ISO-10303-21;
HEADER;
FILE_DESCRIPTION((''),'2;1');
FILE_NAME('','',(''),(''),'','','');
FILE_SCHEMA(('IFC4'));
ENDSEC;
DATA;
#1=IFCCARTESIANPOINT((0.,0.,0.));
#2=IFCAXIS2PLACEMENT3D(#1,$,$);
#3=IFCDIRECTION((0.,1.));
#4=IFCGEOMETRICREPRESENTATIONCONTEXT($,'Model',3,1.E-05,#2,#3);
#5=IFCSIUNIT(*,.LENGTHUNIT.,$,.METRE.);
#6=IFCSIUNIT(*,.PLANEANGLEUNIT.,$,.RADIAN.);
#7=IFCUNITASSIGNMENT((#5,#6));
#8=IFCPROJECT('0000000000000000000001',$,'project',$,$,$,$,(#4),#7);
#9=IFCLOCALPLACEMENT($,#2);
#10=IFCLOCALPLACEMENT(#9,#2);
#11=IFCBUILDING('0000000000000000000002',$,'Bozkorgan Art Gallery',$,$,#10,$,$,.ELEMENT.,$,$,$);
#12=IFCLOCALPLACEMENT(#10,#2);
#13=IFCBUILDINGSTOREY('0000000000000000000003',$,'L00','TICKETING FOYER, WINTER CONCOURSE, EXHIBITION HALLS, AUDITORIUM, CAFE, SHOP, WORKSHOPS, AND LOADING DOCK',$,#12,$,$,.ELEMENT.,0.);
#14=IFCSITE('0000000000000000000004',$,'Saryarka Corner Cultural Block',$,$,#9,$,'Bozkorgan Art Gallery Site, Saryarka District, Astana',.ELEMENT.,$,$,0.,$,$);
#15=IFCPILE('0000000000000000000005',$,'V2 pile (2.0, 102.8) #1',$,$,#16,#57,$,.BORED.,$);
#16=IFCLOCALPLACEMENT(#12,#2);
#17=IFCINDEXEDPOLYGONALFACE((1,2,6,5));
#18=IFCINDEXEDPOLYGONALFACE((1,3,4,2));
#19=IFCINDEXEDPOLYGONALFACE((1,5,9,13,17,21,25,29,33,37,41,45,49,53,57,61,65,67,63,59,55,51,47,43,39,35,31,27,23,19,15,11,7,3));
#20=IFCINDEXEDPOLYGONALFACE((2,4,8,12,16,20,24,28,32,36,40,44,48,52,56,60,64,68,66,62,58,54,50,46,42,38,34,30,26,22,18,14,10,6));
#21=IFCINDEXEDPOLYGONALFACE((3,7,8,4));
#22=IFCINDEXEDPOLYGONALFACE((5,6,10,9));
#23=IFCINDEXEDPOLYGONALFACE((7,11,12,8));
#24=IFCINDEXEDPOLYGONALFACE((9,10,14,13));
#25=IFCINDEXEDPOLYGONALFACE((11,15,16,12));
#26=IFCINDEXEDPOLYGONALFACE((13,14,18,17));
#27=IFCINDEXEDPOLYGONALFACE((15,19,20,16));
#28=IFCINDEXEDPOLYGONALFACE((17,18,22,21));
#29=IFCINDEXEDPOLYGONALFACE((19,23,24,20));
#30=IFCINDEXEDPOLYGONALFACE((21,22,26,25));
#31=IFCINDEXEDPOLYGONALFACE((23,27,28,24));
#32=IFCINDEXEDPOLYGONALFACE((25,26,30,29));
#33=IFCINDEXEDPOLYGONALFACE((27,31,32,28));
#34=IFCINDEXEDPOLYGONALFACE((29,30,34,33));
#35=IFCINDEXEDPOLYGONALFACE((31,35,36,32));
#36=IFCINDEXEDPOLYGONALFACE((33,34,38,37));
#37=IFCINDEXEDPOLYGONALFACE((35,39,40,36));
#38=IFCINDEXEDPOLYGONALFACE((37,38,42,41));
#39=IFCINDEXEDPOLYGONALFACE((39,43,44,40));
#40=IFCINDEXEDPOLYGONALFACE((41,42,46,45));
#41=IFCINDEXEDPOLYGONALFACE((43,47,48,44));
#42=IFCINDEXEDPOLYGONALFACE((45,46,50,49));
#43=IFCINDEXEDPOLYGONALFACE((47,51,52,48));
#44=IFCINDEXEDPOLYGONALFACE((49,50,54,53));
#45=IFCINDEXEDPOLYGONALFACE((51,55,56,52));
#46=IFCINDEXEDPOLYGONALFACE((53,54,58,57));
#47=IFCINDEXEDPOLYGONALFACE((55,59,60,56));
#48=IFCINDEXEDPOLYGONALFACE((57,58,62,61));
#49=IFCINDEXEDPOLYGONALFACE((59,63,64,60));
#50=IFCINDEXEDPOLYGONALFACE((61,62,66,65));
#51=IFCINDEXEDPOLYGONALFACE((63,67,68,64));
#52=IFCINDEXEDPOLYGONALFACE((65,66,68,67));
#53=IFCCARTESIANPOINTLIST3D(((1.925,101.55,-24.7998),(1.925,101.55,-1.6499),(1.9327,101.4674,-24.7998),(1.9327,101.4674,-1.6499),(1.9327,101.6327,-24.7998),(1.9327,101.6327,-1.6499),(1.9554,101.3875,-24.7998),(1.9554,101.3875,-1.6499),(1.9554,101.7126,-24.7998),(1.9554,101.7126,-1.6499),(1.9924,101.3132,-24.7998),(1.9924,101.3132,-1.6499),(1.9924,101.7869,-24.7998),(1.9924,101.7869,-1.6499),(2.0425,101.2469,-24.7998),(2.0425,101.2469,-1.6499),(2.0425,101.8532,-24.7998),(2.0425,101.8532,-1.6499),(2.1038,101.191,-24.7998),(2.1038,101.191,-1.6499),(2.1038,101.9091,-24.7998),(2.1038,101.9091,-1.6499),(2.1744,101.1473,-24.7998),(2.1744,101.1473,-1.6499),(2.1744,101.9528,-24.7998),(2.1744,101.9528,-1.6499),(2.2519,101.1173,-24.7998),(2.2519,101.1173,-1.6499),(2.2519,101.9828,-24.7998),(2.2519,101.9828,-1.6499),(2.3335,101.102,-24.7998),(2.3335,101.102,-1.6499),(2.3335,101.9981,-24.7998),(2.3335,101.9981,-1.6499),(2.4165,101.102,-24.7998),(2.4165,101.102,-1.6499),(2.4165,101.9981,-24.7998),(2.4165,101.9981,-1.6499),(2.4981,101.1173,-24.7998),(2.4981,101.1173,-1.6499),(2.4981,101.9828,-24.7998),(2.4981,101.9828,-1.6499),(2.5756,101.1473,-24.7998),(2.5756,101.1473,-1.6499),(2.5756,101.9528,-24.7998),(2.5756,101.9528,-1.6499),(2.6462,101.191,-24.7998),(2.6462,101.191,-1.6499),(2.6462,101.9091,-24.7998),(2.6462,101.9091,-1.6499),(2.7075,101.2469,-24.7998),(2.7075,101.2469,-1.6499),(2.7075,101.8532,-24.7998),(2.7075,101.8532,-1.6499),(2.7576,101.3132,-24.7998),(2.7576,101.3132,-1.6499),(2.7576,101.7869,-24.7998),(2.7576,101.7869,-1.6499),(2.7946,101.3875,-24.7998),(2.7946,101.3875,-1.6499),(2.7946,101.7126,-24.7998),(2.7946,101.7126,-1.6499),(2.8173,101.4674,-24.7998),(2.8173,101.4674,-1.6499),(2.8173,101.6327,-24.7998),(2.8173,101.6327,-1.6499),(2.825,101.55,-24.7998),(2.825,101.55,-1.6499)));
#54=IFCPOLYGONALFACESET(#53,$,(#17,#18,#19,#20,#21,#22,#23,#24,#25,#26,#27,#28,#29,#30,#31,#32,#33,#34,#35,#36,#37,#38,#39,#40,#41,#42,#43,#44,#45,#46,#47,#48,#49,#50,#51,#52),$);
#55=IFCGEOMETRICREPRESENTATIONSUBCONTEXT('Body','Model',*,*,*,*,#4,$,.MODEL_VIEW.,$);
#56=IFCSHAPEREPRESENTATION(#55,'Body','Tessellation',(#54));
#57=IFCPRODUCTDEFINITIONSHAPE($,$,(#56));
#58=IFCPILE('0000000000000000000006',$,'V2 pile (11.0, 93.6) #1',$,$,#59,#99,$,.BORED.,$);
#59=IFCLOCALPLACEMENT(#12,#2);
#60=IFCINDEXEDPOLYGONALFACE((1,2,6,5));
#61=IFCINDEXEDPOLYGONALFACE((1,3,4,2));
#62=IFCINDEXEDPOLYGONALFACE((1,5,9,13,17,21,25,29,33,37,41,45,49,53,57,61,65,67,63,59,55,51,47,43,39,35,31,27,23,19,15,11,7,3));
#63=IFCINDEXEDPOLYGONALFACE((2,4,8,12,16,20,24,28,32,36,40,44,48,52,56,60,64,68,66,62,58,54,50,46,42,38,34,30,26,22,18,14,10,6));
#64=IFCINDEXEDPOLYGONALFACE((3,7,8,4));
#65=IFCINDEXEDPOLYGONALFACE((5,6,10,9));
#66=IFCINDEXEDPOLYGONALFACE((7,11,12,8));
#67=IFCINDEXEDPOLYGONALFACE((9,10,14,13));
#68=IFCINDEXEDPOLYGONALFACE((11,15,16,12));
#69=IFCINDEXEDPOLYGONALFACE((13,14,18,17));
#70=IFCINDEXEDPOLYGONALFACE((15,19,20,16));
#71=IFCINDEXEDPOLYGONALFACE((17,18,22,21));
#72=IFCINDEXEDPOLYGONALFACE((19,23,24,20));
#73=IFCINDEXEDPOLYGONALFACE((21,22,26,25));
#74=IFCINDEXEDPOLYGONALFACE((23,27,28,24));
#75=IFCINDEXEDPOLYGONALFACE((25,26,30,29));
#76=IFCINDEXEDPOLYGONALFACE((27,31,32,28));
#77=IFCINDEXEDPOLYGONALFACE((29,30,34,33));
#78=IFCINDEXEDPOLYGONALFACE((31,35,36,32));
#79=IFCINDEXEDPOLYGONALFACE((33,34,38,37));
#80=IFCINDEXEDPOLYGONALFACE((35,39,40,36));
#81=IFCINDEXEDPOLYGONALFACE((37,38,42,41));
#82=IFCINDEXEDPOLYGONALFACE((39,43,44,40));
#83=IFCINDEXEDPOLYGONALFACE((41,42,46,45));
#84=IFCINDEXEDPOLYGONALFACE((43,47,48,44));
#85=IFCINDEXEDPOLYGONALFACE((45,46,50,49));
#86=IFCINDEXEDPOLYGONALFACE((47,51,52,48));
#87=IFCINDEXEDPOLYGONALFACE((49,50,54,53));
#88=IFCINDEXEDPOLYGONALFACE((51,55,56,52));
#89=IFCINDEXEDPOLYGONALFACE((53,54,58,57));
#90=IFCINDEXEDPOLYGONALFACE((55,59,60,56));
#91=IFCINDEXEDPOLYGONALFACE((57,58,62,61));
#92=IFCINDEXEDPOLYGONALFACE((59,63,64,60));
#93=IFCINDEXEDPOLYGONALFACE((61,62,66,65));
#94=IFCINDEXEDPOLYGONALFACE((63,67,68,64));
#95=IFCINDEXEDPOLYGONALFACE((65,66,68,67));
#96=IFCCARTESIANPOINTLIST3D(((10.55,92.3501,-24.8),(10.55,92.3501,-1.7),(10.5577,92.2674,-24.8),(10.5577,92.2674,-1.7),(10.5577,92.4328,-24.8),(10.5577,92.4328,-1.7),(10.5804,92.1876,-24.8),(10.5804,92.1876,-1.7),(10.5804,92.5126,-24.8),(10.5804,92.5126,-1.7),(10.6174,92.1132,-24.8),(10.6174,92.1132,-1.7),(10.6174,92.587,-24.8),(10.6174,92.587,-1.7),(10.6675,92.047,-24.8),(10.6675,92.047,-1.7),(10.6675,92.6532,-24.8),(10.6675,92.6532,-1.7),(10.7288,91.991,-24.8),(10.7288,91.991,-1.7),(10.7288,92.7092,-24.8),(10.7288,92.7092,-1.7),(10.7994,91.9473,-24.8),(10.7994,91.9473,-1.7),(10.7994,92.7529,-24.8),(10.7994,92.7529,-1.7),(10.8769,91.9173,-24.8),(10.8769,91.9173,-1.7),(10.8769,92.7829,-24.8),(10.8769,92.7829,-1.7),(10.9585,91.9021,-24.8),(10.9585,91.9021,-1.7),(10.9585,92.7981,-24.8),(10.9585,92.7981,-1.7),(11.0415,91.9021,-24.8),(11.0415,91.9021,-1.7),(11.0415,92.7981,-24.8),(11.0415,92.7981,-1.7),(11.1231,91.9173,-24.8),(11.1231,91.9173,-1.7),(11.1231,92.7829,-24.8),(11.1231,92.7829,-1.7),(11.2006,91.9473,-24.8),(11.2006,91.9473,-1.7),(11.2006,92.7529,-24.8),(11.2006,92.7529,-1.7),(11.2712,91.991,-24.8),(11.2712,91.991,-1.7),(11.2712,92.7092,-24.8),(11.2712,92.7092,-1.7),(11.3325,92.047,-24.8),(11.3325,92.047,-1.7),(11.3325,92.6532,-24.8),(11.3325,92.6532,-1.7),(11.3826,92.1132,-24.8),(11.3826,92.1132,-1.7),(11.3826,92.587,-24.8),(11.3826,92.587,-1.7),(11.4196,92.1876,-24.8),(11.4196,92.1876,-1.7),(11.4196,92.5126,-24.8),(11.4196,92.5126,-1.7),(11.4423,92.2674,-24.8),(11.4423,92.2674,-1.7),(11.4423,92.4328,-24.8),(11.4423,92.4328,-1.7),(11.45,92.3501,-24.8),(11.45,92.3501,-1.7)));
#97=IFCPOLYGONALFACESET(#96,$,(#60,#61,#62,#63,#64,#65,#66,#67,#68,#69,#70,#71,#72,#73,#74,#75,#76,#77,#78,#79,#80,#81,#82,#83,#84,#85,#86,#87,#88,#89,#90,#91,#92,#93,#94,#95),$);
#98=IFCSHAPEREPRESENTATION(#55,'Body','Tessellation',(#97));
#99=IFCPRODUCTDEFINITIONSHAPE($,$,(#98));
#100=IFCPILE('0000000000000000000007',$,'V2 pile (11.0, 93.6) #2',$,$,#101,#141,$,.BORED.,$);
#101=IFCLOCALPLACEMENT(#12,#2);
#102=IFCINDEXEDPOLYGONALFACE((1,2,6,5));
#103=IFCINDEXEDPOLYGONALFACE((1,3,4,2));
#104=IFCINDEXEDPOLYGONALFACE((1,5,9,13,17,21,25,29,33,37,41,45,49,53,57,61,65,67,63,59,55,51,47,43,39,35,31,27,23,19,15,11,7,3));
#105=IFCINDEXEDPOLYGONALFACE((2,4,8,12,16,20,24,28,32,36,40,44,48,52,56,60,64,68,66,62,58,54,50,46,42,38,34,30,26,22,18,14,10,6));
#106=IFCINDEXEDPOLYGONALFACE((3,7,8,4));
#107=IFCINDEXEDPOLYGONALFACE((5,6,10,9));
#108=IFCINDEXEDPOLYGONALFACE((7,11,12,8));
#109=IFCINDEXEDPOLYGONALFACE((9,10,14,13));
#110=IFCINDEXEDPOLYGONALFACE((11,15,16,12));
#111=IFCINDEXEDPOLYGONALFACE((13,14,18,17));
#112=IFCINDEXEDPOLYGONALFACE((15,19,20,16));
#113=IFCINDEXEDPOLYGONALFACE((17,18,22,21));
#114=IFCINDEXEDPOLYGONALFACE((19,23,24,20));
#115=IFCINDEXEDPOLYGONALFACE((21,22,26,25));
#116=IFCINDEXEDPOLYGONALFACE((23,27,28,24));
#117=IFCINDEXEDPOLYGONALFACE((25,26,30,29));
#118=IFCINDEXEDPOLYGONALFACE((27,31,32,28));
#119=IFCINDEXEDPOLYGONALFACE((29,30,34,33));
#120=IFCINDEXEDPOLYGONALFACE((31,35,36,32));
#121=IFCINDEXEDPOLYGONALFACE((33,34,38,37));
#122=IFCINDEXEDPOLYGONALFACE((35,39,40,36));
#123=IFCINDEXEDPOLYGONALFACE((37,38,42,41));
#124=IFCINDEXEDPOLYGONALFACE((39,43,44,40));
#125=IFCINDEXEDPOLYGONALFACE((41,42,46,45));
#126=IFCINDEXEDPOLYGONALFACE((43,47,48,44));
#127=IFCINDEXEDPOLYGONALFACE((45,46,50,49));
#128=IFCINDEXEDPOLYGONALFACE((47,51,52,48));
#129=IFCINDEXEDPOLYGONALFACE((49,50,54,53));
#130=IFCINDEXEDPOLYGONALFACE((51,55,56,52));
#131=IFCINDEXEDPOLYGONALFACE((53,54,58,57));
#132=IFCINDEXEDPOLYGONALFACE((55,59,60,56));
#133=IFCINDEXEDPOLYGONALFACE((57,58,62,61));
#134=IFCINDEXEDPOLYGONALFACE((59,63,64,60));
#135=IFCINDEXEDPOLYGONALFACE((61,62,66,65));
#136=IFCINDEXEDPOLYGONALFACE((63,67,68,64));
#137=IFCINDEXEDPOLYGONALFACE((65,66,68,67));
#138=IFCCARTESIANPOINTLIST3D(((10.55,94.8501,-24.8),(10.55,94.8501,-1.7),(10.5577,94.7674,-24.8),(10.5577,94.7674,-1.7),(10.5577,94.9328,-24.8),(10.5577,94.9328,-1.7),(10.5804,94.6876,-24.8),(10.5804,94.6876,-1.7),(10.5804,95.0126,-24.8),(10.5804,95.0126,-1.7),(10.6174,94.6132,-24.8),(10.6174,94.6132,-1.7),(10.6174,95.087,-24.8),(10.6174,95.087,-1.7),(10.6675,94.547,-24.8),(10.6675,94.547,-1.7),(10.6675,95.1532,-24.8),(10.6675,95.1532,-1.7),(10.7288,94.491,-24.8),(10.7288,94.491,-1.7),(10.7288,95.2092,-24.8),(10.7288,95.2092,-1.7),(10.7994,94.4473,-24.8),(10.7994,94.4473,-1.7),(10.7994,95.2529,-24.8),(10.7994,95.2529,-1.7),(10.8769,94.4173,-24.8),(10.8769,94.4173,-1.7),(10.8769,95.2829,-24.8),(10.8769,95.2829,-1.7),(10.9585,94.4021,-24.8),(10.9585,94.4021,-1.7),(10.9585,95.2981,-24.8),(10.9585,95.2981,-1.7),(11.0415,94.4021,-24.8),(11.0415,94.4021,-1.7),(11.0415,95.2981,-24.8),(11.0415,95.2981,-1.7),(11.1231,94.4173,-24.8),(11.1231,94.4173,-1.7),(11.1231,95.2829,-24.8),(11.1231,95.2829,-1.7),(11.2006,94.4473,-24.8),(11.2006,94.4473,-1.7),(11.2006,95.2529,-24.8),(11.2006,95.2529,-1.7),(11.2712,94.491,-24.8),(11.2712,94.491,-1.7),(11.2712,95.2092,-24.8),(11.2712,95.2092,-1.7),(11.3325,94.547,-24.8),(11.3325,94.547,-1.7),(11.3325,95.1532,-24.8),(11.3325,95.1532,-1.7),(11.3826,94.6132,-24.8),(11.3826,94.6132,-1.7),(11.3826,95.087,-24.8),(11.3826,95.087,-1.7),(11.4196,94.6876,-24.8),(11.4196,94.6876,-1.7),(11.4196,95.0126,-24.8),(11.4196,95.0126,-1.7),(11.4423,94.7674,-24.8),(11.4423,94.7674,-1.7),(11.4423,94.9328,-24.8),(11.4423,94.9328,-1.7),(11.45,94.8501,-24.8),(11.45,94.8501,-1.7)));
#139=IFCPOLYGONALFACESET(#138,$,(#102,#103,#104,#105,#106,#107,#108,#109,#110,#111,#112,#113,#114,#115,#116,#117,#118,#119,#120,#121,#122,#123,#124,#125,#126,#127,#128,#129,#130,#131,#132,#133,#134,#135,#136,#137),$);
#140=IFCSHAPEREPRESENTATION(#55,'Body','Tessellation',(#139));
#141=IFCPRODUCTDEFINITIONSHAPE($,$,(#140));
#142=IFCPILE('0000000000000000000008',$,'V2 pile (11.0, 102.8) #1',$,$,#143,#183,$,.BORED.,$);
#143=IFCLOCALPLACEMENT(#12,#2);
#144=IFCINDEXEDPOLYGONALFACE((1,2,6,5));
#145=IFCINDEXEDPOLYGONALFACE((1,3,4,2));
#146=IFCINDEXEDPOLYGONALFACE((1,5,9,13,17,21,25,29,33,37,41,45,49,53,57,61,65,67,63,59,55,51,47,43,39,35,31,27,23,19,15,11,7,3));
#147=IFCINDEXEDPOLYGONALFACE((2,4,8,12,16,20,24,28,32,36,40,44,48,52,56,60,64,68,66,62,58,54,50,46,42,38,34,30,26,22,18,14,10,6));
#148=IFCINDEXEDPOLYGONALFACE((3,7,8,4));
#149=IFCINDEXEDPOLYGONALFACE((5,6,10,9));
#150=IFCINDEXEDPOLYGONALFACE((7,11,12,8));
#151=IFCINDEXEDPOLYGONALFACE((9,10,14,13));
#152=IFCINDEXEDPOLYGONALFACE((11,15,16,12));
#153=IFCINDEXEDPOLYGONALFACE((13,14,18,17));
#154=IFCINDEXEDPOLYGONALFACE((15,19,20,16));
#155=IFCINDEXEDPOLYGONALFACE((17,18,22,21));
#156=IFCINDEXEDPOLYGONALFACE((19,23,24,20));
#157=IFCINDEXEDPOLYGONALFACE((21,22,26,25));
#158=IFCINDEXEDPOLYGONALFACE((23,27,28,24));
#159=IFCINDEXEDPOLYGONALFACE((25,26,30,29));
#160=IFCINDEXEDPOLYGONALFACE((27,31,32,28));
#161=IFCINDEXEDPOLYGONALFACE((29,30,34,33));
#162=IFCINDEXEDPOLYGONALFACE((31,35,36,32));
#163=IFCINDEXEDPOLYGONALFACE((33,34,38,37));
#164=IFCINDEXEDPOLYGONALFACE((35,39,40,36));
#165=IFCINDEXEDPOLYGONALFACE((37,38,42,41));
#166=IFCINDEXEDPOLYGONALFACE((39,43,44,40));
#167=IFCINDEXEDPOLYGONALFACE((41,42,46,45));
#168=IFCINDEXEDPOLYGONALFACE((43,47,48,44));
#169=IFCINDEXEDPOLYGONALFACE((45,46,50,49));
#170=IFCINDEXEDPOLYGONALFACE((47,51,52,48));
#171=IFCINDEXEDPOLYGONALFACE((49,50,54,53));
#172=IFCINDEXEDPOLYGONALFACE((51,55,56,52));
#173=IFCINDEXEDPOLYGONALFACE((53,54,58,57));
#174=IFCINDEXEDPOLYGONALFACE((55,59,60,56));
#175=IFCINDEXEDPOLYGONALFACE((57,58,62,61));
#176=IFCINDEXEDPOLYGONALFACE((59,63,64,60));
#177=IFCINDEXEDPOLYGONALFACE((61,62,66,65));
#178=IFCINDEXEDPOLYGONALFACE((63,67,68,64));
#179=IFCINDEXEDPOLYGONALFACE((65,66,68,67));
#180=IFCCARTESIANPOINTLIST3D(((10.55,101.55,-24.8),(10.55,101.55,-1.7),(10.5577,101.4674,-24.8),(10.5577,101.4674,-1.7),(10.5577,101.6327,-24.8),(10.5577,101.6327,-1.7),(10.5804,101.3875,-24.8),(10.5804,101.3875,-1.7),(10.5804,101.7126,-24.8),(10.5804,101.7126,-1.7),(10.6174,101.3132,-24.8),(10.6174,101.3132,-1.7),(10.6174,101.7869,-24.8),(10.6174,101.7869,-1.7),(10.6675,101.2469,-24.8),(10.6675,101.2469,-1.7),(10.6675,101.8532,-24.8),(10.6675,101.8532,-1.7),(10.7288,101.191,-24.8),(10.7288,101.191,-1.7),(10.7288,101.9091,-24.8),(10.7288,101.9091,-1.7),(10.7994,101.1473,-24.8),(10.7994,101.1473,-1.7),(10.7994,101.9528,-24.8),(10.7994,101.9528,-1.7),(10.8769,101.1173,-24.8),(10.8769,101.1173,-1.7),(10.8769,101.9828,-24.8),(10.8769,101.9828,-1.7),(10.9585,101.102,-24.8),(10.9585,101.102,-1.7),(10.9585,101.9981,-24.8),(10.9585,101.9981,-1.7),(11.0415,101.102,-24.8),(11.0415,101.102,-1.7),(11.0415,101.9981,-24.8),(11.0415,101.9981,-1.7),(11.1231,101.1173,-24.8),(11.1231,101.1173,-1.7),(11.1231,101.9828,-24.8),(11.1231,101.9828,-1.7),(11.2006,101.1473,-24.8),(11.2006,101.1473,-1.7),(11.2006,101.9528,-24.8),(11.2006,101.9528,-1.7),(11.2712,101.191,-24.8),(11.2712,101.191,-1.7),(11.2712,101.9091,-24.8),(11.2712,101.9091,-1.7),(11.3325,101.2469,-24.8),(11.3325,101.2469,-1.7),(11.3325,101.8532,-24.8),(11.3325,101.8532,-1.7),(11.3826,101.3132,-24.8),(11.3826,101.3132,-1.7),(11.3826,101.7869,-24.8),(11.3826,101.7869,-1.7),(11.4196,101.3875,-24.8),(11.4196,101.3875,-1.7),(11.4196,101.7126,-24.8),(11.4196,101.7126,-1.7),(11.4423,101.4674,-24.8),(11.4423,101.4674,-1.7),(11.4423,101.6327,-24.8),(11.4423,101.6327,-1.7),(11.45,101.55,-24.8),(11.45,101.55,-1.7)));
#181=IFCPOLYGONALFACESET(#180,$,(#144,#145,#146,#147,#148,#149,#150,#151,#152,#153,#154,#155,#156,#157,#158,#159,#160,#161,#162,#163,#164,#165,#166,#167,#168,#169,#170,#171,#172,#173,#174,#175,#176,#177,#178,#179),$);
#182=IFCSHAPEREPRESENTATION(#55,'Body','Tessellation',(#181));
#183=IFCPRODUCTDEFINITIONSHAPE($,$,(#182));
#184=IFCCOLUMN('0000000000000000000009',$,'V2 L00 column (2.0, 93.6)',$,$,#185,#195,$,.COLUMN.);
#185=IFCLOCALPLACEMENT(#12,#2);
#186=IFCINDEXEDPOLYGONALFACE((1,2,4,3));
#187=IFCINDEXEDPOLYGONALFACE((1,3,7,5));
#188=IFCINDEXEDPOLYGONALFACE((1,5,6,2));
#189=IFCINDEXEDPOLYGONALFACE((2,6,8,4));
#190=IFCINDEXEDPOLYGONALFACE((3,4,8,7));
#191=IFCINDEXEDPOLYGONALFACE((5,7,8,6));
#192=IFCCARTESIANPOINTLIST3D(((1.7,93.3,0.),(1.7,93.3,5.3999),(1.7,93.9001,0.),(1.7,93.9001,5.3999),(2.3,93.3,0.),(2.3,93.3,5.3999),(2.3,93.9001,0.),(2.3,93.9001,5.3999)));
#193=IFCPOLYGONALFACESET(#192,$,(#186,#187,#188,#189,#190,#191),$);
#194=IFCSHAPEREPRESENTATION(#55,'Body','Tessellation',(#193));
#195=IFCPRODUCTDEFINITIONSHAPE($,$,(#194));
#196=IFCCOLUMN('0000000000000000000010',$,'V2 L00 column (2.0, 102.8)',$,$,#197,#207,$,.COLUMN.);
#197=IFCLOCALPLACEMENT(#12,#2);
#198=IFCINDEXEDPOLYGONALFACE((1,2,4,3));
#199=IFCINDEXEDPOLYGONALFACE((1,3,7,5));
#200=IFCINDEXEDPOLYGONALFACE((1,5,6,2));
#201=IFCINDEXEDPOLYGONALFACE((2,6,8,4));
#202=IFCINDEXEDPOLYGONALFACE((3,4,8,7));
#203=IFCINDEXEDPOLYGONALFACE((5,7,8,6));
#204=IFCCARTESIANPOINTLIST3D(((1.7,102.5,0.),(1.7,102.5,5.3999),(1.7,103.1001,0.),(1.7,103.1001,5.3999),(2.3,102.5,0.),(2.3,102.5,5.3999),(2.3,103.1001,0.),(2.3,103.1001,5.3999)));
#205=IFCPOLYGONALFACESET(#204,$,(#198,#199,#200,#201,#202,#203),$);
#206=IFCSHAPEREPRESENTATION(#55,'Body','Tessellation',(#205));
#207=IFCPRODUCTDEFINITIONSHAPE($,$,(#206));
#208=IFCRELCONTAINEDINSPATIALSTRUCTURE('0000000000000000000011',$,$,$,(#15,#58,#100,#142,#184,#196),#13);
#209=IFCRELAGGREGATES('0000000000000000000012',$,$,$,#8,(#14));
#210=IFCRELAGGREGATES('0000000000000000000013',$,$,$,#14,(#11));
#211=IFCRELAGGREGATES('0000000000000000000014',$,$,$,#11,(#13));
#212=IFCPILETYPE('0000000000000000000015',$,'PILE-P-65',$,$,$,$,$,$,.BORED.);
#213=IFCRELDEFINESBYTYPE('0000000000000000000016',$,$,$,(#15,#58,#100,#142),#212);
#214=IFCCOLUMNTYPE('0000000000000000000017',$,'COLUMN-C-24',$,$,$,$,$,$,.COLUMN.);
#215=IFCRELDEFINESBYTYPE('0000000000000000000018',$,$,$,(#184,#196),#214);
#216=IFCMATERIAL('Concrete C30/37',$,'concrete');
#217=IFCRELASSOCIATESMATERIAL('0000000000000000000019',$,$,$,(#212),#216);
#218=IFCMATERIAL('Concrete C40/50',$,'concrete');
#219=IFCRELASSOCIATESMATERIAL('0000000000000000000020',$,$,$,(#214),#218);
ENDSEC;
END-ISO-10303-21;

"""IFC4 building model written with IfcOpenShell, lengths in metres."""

from ifc_helpers import new_model, si_unit, direction, frame, origin, origin_2d, place, context, subcontext, project, spatial, rectangle, circle, extrude, material, material_profile, profile_set, type_object, element, save


model = new_model("IFC4")

# Units and contexts
model_context = context("Model", 3, precision=1e-05, world=origin(), true_north=direction((0.0, 1.0)))
body_context = subcontext(model_context, "Body", "Model", "MODEL_VIEW")
ifc_project = project(units=[si_unit("LENGTHUNIT", "METRE"), si_unit("PLANEANGLEUNIT", "RADIAN")], contexts=[model_context])

# Site, building, storey
site_placement = place(None, origin())
site = spatial("IfcSite", under=ifc_project, at=site_placement, Name="Saryarka Corner Cultural Block", LongName="Bozkorgan Art Gallery Site, Saryarka District, Astana", CompositionType="ELEMENT", RefElevation=0.0)
building_placement = place(site_placement, origin())
building = spatial("IfcBuilding", under=site, at=building_placement, Name="Bozkorgan Art Gallery", CompositionType="ELEMENT")
storey_placement = place(building_placement, origin())
storey = spatial("IfcBuildingStorey", under=building, at=storey_placement, Name="L00", Description="TICKETING FOYER, WINTER CONCOURSE, EXHIBITION HALLS, AUDITORIUM, CAFE, SHOP, WORKSHOPS, AND LOADING DOCK", CompositionType="ELEMENT", Elevation=0.0)

# Shared definitions
ifc_material_1 = material(Name="Concrete C30/37", Category="concrete")

# Piles
ifc_material_profile_1 = material_profile(ifc_material_1, circle(Radius=0.45, at=origin_2d()), Name="PILE D900")
ifc_profile_set_1 = profile_set([ifc_material_profile_1], Name="Concrete C30/37")
pile_type = type_object("IfcPileType", Name="PILE-P-65", PredefinedType="BORED", material=ifc_profile_set_1)
for number, where, z_axis, x_axis, name in (
    (1, (2.375, 101.55, -1.6499), (0.0, 0.0, -1.0), (1.0, 0.0, 0.0), "V2 pile (2.0, 102.8) #1"),
):
    element("IfcPile", number, at=place(storey_placement, frame(where, z_axis=z_axis, x_axis=x_axis)), inside=storey, type_object=pile_type, Name=name, PredefinedType="BORED", context=body_context, shape_type="SweptSolid", body=[
        extrude(circle(Radius=0.45, at=origin_2d()), origin(), (0.0, 0.0, 1.0), 23.1499),
    ])
for number, where, z_axis, x_axis, name in (
    (2, (11.0, 92.3501, -1.7), (0.0, 0.0, -1.0), (1.0, 0.0, 0.0), "V2 pile (11.0, 93.6) #1"),
    (3, (11.0, 94.8501, -1.7), (0.0, 0.0, -1.0), (1.0, 0.0, 0.0), "V2 pile (11.0, 93.6) #2"),
    (4, (11.0, 101.55, -1.7), (0.0, 0.0, -1.0), (1.0, 0.0, 0.0), "V2 pile (11.0, 102.8) #1"),
):
    element("IfcPile", number, at=place(storey_placement, frame(where, z_axis=z_axis, x_axis=x_axis)), inside=storey, type_object=pile_type, Name=name, PredefinedType="BORED", context=body_context, shape_type="SweptSolid", body=[
        extrude(circle(Radius=0.45, at=origin_2d()), origin(), (0.0, 0.0, 1.0), 23.1001),
    ])

# Columns
ifc_material_2 = material(Name="Concrete C40/50", Category="concrete")
ifc_material_profile_2 = material_profile(ifc_material_2, rectangle(XDim=0.6001, YDim=0.6001, at=origin_2d()), Name="RC 600x600")
ifc_profile_set_2 = profile_set([ifc_material_profile_2], Name="Concrete C40/50")
column_type_1 = type_object("IfcColumnType", Name="COLUMN-C-24", PredefinedType="COLUMN", material=ifc_profile_set_2)
for number, where, z_axis, x_axis, name in (
    (5, (2.0, 93.6001, 0.0), (0.0, 0.0, 1.0), (1.0, 0.0, 0.0), "V2 L00 column (2.0, 93.6)"),
    (6, (2.0, 102.8, 0.0), (0.0, 0.0, 1.0), (1.0, 0.0, 0.0), "V2 L00 column (2.0, 102.8)"),
):
    element("IfcColumn", number, at=place(storey_placement, frame(where, z_axis=z_axis, x_axis=x_axis)), inside=storey, type_object=column_type_1, Name=name, PredefinedType="COLUMN", context=body_context, shape_type="SweptSolid", body=[
        extrude(rectangle(XDim=0.6001, YDim=0.6001, at=origin_2d()), origin(), (0.0, 0.0, 1.0), 5.3999),
    ])

save(model, "model.ifc")
